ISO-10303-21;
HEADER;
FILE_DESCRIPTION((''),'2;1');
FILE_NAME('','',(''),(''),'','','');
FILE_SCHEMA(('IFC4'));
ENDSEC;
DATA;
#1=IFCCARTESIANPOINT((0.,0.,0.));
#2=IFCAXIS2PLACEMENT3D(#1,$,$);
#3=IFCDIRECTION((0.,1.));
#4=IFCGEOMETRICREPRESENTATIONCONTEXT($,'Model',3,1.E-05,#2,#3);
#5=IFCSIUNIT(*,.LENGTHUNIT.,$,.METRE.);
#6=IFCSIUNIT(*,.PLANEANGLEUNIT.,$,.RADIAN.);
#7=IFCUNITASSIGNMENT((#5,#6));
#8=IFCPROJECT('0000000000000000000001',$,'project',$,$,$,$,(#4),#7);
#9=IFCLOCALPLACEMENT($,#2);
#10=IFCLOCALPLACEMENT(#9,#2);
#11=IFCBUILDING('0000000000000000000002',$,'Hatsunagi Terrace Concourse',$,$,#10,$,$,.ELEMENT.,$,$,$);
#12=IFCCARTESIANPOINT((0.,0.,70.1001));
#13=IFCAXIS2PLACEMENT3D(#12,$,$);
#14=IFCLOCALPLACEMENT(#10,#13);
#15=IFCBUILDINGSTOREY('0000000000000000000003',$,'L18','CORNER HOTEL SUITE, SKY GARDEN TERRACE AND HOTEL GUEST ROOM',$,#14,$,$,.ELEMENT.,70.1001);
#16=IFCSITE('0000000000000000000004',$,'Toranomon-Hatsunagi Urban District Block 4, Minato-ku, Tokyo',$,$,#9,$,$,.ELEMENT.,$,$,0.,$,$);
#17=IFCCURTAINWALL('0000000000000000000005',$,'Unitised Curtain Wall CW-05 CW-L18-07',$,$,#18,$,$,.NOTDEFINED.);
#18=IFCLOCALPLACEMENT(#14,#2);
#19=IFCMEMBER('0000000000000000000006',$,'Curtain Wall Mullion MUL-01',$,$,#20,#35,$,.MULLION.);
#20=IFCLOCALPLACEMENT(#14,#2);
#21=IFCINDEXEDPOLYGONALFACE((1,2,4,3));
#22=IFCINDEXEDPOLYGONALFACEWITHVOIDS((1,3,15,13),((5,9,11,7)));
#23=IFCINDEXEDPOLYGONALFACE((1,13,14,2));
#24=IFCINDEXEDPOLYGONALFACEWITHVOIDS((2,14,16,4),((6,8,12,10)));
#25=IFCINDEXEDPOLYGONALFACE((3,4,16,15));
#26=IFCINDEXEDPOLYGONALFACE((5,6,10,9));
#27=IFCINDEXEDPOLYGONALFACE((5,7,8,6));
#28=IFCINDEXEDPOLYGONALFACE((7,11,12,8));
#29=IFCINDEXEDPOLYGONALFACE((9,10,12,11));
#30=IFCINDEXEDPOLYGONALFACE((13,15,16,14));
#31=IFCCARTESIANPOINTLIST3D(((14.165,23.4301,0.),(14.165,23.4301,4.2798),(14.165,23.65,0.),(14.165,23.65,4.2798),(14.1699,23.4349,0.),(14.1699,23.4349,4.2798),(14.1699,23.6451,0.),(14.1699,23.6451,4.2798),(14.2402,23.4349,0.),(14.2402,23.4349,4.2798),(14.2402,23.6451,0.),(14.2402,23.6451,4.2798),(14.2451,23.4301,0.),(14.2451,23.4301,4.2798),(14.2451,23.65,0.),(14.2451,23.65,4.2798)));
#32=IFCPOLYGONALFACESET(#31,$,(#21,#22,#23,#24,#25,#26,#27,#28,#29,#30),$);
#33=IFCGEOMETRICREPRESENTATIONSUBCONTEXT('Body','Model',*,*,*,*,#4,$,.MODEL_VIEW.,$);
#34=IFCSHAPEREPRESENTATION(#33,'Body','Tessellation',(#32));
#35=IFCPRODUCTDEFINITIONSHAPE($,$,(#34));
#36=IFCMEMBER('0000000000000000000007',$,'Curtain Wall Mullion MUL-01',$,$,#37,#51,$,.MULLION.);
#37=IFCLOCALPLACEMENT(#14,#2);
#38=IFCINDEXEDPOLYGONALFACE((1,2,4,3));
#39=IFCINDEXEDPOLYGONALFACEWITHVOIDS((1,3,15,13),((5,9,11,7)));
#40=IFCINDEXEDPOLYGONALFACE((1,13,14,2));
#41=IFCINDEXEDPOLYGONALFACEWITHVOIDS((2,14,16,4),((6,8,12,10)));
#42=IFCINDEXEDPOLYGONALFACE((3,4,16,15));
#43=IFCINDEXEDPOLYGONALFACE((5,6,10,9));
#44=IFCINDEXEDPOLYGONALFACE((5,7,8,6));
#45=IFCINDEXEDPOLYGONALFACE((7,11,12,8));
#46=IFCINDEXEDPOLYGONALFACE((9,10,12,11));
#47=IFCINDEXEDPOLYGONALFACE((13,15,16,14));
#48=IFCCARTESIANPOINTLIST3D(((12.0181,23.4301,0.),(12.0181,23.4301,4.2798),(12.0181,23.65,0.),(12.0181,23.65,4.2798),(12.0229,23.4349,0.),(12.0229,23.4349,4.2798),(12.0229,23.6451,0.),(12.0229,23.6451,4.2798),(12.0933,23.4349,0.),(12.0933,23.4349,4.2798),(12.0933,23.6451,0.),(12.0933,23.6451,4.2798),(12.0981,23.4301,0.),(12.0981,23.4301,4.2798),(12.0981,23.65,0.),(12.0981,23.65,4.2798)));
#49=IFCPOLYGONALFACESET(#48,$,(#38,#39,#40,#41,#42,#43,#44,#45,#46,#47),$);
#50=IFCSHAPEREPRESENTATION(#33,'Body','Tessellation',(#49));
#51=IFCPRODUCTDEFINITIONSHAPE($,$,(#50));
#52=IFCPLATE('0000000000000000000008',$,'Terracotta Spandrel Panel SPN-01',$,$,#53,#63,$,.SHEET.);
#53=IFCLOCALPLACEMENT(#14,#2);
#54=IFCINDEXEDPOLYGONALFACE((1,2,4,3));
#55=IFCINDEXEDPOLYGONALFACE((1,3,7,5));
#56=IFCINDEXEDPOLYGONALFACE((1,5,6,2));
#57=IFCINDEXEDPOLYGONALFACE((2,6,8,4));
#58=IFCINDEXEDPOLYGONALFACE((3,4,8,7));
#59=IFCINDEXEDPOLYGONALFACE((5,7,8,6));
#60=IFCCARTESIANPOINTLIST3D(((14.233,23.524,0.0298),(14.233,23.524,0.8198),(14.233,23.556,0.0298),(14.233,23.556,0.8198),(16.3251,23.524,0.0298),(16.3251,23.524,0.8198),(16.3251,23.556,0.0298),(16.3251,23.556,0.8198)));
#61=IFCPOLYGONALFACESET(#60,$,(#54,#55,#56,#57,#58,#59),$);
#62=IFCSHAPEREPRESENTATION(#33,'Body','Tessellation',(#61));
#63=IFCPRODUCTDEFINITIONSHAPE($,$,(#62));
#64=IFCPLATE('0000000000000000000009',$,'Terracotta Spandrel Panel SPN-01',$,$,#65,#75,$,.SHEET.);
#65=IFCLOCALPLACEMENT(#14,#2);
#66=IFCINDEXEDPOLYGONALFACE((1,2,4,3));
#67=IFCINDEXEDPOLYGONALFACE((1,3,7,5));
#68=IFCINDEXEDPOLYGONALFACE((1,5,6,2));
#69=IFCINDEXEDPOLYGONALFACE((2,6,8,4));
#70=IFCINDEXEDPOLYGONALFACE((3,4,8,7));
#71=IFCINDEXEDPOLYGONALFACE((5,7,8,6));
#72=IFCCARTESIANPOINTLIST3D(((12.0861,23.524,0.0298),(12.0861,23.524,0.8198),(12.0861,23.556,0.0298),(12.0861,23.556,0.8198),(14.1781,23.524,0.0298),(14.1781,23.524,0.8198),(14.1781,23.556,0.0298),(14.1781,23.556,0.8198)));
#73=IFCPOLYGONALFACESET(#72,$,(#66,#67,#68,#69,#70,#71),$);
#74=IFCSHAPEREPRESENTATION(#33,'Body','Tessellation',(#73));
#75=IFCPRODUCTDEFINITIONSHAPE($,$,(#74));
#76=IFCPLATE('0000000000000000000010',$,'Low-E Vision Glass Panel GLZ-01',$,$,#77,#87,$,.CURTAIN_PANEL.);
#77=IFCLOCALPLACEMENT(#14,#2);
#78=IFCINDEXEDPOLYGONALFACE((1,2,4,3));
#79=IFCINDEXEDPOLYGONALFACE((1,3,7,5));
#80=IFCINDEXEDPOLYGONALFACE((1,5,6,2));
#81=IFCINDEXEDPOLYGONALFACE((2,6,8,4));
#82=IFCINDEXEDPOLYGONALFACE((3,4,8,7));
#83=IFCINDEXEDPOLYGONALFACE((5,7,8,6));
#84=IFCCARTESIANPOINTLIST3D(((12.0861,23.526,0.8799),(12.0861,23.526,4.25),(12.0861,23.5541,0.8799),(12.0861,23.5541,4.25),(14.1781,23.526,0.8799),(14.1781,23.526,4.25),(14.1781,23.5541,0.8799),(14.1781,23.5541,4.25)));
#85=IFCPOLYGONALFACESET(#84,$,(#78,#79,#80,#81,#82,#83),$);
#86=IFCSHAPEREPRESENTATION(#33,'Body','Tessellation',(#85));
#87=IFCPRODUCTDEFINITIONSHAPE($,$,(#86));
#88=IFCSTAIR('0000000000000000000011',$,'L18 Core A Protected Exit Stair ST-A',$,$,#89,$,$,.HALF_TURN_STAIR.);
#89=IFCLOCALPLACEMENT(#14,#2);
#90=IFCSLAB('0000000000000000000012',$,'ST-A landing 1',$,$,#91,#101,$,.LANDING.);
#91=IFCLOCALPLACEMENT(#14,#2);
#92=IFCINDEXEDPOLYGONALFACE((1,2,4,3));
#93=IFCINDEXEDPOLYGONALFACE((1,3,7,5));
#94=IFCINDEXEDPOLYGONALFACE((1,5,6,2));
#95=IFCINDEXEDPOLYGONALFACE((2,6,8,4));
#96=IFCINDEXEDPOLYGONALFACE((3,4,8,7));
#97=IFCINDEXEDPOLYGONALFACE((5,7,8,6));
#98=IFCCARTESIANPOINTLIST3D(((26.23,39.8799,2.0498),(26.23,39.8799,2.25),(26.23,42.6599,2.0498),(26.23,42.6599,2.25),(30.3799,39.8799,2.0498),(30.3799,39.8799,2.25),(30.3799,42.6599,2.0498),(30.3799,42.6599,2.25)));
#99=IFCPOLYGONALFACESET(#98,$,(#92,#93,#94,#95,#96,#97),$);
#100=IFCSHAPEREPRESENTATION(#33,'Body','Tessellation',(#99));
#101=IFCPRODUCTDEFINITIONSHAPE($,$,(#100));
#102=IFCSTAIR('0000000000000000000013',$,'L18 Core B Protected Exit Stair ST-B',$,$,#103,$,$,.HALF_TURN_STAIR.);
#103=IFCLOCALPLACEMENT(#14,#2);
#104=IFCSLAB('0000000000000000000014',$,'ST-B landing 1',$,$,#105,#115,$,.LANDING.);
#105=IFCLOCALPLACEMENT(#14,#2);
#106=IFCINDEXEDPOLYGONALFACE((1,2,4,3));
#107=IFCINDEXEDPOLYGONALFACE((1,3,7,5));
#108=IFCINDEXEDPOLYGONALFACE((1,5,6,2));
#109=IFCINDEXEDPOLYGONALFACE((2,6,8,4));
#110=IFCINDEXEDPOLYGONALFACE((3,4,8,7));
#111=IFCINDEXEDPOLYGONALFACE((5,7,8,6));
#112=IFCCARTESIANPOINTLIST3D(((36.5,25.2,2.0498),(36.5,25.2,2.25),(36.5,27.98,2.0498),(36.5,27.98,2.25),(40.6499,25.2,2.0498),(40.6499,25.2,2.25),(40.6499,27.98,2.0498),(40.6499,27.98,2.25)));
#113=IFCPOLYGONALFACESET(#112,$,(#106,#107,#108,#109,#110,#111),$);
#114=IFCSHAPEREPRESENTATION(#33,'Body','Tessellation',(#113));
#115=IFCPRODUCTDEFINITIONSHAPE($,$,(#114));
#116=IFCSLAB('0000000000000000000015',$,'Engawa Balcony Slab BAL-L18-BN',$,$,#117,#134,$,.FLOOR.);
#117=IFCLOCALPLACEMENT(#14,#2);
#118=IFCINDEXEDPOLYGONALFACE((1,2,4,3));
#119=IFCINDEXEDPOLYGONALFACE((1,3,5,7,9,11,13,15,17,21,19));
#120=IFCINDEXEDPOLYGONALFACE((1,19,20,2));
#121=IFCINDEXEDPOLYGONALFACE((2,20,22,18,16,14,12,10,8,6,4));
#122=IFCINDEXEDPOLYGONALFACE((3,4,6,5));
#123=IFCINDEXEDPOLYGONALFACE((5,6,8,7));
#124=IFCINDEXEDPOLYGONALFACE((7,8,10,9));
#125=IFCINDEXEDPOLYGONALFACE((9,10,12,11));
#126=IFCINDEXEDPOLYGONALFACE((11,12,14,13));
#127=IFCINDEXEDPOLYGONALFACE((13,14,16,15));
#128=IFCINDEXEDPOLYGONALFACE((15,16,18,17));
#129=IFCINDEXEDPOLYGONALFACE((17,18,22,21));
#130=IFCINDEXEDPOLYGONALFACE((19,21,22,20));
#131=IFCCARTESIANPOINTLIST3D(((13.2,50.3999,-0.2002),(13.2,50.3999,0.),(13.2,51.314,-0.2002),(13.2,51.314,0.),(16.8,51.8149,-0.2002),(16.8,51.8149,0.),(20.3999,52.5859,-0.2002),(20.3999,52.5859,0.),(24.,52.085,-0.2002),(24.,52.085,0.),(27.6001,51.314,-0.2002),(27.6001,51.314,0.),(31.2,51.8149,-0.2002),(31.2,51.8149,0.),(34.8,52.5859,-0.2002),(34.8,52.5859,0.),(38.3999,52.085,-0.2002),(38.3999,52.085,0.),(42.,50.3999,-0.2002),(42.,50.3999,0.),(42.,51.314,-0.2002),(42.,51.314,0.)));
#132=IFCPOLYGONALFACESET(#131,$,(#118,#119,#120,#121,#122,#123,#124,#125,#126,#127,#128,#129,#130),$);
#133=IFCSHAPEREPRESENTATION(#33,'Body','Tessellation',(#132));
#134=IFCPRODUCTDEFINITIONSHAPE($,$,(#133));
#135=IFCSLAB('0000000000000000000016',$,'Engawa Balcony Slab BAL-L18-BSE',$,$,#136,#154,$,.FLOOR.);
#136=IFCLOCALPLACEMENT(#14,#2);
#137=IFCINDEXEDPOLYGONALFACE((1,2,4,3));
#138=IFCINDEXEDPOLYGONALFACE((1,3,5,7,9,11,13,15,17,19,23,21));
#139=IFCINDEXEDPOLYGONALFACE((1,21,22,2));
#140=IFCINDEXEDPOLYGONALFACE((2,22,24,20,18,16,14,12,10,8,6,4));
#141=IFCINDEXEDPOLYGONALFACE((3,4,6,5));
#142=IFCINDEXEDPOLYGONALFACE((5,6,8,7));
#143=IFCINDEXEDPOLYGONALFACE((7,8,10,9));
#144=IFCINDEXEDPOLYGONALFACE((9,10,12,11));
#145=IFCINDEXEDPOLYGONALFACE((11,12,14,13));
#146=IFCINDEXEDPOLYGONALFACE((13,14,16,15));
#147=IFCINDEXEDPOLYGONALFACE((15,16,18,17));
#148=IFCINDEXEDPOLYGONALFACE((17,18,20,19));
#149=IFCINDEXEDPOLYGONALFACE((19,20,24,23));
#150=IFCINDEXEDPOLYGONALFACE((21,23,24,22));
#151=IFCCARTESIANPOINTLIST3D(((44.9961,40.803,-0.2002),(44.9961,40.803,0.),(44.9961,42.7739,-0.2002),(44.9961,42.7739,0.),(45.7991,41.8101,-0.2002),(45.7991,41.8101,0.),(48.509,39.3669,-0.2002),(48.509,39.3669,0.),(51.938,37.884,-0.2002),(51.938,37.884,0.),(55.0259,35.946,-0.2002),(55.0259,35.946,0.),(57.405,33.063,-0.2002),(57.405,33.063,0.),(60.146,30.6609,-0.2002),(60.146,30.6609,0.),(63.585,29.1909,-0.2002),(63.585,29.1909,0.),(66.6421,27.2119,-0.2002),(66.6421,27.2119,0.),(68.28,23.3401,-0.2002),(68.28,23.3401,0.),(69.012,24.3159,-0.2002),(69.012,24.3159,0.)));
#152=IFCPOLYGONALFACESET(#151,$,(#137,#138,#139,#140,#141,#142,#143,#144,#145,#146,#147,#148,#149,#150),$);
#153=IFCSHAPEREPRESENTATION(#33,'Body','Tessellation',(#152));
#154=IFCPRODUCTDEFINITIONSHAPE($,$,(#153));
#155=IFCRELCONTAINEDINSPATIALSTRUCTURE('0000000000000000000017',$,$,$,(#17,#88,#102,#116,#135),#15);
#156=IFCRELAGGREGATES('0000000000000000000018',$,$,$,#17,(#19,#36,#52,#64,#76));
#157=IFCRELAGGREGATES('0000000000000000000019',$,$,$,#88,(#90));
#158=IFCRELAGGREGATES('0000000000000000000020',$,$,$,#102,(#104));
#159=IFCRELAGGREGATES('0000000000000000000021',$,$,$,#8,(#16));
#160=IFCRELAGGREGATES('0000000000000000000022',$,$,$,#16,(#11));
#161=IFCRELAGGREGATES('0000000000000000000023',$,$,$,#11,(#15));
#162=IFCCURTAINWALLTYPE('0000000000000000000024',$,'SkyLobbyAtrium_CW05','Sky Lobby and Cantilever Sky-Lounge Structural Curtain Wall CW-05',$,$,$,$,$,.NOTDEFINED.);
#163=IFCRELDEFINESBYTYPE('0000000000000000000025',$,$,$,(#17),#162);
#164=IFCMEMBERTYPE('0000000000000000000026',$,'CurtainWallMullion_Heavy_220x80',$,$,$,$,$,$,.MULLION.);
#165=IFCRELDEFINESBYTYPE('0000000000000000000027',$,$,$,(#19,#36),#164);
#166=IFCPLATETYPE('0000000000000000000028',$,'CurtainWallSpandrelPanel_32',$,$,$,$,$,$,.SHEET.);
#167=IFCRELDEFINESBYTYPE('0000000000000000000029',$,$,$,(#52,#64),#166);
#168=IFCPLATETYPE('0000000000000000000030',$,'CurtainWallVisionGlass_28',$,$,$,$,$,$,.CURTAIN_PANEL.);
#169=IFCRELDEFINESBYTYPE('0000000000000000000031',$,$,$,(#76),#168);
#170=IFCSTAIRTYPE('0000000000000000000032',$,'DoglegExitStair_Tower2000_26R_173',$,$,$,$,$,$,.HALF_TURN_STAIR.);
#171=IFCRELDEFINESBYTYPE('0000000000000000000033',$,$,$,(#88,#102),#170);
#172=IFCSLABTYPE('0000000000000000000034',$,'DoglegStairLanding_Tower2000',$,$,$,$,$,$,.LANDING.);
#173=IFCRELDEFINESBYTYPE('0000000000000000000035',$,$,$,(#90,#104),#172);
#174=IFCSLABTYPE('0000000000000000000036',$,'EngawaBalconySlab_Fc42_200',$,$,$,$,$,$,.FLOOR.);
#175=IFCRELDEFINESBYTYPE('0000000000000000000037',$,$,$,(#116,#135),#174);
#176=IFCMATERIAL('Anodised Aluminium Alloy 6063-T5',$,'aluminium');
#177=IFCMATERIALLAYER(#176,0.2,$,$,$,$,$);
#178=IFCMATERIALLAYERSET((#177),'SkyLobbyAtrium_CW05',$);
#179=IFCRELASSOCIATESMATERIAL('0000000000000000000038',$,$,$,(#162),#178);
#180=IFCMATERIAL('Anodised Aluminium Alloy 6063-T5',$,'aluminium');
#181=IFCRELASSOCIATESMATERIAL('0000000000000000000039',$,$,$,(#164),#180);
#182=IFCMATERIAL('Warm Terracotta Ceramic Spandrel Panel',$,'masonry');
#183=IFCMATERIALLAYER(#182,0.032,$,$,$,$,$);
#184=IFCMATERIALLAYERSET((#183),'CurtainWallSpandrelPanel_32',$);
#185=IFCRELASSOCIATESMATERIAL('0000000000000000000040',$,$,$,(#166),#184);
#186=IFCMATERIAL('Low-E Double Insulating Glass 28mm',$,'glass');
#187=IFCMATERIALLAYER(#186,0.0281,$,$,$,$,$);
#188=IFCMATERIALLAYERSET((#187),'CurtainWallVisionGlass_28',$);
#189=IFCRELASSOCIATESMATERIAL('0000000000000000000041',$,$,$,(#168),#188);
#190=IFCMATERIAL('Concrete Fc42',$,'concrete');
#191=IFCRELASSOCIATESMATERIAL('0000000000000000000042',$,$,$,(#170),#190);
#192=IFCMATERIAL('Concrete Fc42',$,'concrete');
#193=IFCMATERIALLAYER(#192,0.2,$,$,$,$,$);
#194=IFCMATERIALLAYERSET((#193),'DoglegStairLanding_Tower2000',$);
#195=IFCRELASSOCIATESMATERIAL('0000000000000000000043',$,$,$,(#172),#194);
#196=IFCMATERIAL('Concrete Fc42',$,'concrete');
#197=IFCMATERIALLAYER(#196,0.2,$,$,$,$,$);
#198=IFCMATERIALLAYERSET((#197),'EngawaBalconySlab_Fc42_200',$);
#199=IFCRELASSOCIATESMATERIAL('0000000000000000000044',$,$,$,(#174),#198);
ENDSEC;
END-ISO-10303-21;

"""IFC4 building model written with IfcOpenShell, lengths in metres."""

from ifc_helpers import new_model, si_unit, direction, frame, origin, origin_2d, place, context, subcontext, project, spatial, polyline, rectangle, hollow_rectangle, outline, extrude, material, layer, layer_set, material_profile, profile_set, type_object, element, aggregate, save


model = new_model("IFC4")

# Units and contexts
model_context = context("Model", 3, precision=1e-05, world=origin(), true_north=direction((0.0, 1.0)))
body_context = subcontext(model_context, "Body", "Model", "MODEL_VIEW")
ifc_project = project(units=[si_unit("LENGTHUNIT", "METRE"), si_unit("PLANEANGLEUNIT", "RADIAN")], contexts=[model_context])

# Site, building, storey
site_placement = place(None, origin())
site = spatial("IfcSite", under=ifc_project, at=site_placement, Name="Toranomon-Hatsunagi Urban District Block 4, Minato-ku, Tokyo", CompositionType="ELEMENT", RefElevation=0.0)
building_placement = place(site_placement, origin())
building = spatial("IfcBuilding", under=site, at=building_placement, Name="Hatsunagi Terrace Concourse", CompositionType="ELEMENT")
storey_placement = place(building_placement, frame((0.0, 0.0, 70.1001)))
storey = spatial("IfcBuildingStorey", under=building, at=storey_placement, Name="L18", Description="CORNER HOTEL SUITE, SKY GARDEN TERRACE AND HOTEL GUEST ROOM", CompositionType="ELEMENT", Elevation=70.1001)

# Curtain wall, members, plates
ifc_material_1 = material(Name="Anodised Aluminium Alloy 6063-T5", Category="aluminium")
ifc_layer_1 = layer(ifc_material_1, 0.2)
ifc_layer_set_1 = layer_set([ifc_layer_1], Name="SkyLobbyAtrium_CW05")
curtain_wall_type = type_object("IfcCurtainWallType", Name="SkyLobbyAtrium_CW05", Description="Sky Lobby and Cantilever Sky-Lounge Structural Curtain Wall CW-05", PredefinedType="NOTDEFINED", material=ifc_layer_set_1)
curtain_wall_placement = place(storey_placement, origin())
curtain_wall = element("IfcCurtainWall", 1, at=curtain_wall_placement, inside=storey, type_object=curtain_wall_type, Name="Unitised Curtain Wall CW-05 CW-L18-07", PredefinedType="NOTDEFINED")
ifc_material_2 = material(Name="Anodised Aluminium Alloy 6063-T5", Category="aluminium")
ifc_material_profile = material_profile(ifc_material_2, hollow_rectangle(XDim=0.0801, YDim=0.22, WallThickness=0.0049, at=origin_2d()), Name="ALU-MUL-220x80x5")
ifc_profile_set = profile_set([ifc_material_profile], Name="Anodised Aluminium Alloy 6063-T5")
member_type = type_object("IfcMemberType", Name="CurtainWallMullion_Heavy_220x80", PredefinedType="MULLION", material=ifc_profile_set)
member_1_placement = place(storey_placement, frame((14.2051, 23.54, 0.0), z_axis=(0.0, 0.0, 1.0), x_axis=(-1.0, 0.0, 0.0)))
member_1 = element("IfcMember", 2, at=member_1_placement, type_object=member_type, Name="Curtain Wall Mullion MUL-01", PredefinedType="MULLION", context=body_context, shape_type="SweptSolid", body=[
    extrude(hollow_rectangle(XDim=0.0801, YDim=0.22, WallThickness=0.0049, at=origin_2d()), origin(), (0.0, 0.0, 1.0), 4.2798),
])
member_2_placement = place(storey_placement, frame((12.0581, 23.54, 0.0), z_axis=(0.0, 0.0, 1.0), x_axis=(-1.0, 0.0, 0.0)))
member_2 = element("IfcMember", 3, at=member_2_placement, type_object=member_type, Name="Curtain Wall Mullion MUL-01", PredefinedType="MULLION", context=body_context, shape_type="SweptSolid", body=[
    extrude(hollow_rectangle(XDim=0.0801, YDim=0.22, WallThickness=0.0049, at=origin_2d()), origin(), (0.0, 0.0, 1.0), 4.2798),
])
ifc_material_3 = material(Name="Warm Terracotta Ceramic Spandrel Panel", Category="masonry")
ifc_layer_2 = layer(ifc_material_3, 0.032)
ifc_layer_set_2 = layer_set([ifc_layer_2], Name="CurtainWallSpandrelPanel_32")
plate_type_1 = type_object("IfcPlateType", Name="CurtainWallSpandrelPanel_32", PredefinedType="SHEET", material=ifc_layer_set_2)
plate_1_placement = place(storey_placement, frame((15.2791, 23.54, 0.0298), z_axis=(0.0, 0.0, 1.0), x_axis=(-1.0, 0.0, 0.0)))
plate_1 = element("IfcPlate", 4, at=plate_1_placement, type_object=plate_type_1, Name="Terracotta Spandrel Panel SPN-01", PredefinedType="SHEET", context=body_context, shape_type="SweptSolid", body=[
    extrude(rectangle(XDim=2.092, YDim=0.032, at=origin_2d()), origin(), (0.0, 0.0, 1.0), 0.79),
])
plate_2_placement = place(storey_placement, frame((13.1321, 23.54, 0.0298), z_axis=(0.0, 0.0, 1.0), x_axis=(-1.0, 0.0, 0.0)))
plate_2 = element("IfcPlate", 5, at=plate_2_placement, type_object=plate_type_1, Name="Terracotta Spandrel Panel SPN-01", PredefinedType="SHEET", context=body_context, shape_type="SweptSolid", body=[
    extrude(rectangle(XDim=2.092, YDim=0.032, at=origin_2d()), origin(), (0.0, 0.0, 1.0), 0.79),
])
ifc_material_4 = material(Name="Low-E Double Insulating Glass 28mm", Category="glass")
ifc_layer_3 = layer(ifc_material_4, 0.0281)
ifc_layer_set_3 = layer_set([ifc_layer_3], Name="CurtainWallVisionGlass_28")
plate_type_2 = type_object("IfcPlateType", Name="CurtainWallVisionGlass_28", PredefinedType="CURTAIN_PANEL", material=ifc_layer_set_3)
plate_3_placement = place(storey_placement, frame((13.1321, 23.54, 0.8799), z_axis=(0.0, 0.0, 1.0), x_axis=(-1.0, 0.0, 0.0)))
plate_3 = element("IfcPlate", 6, at=plate_3_placement, type_object=plate_type_2, Name="Low-E Vision Glass Panel GLZ-01", PredefinedType="CURTAIN_PANEL", context=body_context, shape_type="SweptSolid", body=[
    extrude(rectangle(XDim=2.092, YDim=0.0281, at=origin_2d()), origin(), (0.0, 0.0, 1.0), 3.3701),
])
aggregate(curtain_wall, [member_1, member_2, plate_1, plate_2, plate_3])

# Stairs, slabs
ifc_material_5 = material(Name="Concrete Fc42", Category="concrete")
stair_type = type_object("IfcStairType", Name="DoglegExitStair_Tower2000_26R_173", PredefinedType="HALF_TURN_STAIR", material=ifc_material_5)
stair_1_placement = place(storey_placement, origin())
stair_1 = element("IfcStair", 7, at=stair_1_placement, inside=storey, type_object=stair_type, Name="L18 Core A Protected Exit Stair ST-A", PredefinedType="HALF_TURN_STAIR")
ifc_material_6 = material(Name="Concrete Fc42", Category="concrete")
ifc_layer_4 = layer(ifc_material_6, 0.2)
ifc_layer_set_4 = layer_set([ifc_layer_4], Name="DoglegStairLanding_Tower2000")
slab_type_1 = type_object("IfcSlabType", Name="DoglegStairLanding_Tower2000", PredefinedType="LANDING", material=ifc_layer_set_4)
slab_1_placement = place(storey_placement, frame((0.0, 0.0, 2.0498)))
slab_1 = element("IfcSlab", 8, at=slab_1_placement, type_object=slab_type_1, Name="ST-A landing 1", PredefinedType="LANDING", context=body_context, shape_type="SweptSolid", body=[
    extrude(outline(polyline([(30.3799, 39.8799), (30.3799, 42.6599), (26.23, 42.6599), (26.23, 39.8799), (30.3799, 39.8799)])), origin(), (0.0, 0.0, 1.0), 0.2002),
])
aggregate(stair_1, [slab_1])
stair_2_placement = place(storey_placement, origin())
stair_2 = element("IfcStair", 9, at=stair_2_placement, inside=storey, type_object=stair_type, Name="L18 Core B Protected Exit Stair ST-B", PredefinedType="HALF_TURN_STAIR")
slab_2_placement = place(storey_placement, frame((0.0, 0.0, 2.0498)))
slab_2 = element("IfcSlab", 10, at=slab_2_placement, type_object=slab_type_1, Name="ST-B landing 1", PredefinedType="LANDING", context=body_context, shape_type="SweptSolid", body=[
    extrude(outline(polyline([(36.5, 27.98), (36.5, 25.2), (40.6499, 25.2), (40.6499, 27.98), (36.5, 27.98)])), origin(), (0.0, 0.0, 1.0), 0.2002),
])
aggregate(stair_2, [slab_2])

# Slabs
ifc_material_7 = material(Name="Concrete Fc42", Category="concrete")
ifc_layer_5 = layer(ifc_material_7, 0.2)
ifc_layer_set_5 = layer_set([ifc_layer_5], Name="EngawaBalconySlab_Fc42_200")
slab_type_2 = type_object("IfcSlabType", Name="EngawaBalconySlab_Fc42_200", PredefinedType="FLOOR", material=ifc_layer_set_5)
slab_3_placement = place(storey_placement, frame((0.0, 0.0, -0.2002)))
element("IfcSlab", 11, at=slab_3_placement, inside=storey, type_object=slab_type_2, Name="Engawa Balcony Slab BAL-L18-BN", PredefinedType="FLOOR", context=body_context, shape_type="SweptSolid", body=[
    extrude(outline(polyline([(13.2, 51.314), (13.2, 50.3999), (42.0, 50.3999), (42.0, 51.314), (38.3999, 52.085), (34.8, 52.5859), (31.2, 51.8149), (27.6001, 51.314), (24.0, 52.085), (20.3999, 52.5859), (16.8, 51.8149), (13.2, 51.314)])), origin(), (0.0, 0.0, 1.0), 0.2002),
])
slab_4_placement = place(storey_placement, frame((0.0, 0.0, -0.2002)))
element("IfcSlab", 12, at=slab_4_placement, inside=storey, type_object=slab_type_2, Name="Engawa Balcony Slab BAL-L18-BSE", PredefinedType="FLOOR", context=body_context, shape_type="SweptSolid", body=[
    extrude(outline(polyline([(45.7991, 41.8101), (44.9961, 42.7739), (44.9961, 40.803), (68.28, 23.3401), (69.012, 24.3159), (66.6421, 27.2119), (63.585, 29.1909), (60.146, 30.6609), (57.405, 33.063), (55.0259, 35.946), (51.938, 37.884), (48.509, 39.3669), (45.7991, 41.8101)])), origin(), (0.0, 0.0, 1.0), 0.2002),
])

save(model, "model.ifc")
